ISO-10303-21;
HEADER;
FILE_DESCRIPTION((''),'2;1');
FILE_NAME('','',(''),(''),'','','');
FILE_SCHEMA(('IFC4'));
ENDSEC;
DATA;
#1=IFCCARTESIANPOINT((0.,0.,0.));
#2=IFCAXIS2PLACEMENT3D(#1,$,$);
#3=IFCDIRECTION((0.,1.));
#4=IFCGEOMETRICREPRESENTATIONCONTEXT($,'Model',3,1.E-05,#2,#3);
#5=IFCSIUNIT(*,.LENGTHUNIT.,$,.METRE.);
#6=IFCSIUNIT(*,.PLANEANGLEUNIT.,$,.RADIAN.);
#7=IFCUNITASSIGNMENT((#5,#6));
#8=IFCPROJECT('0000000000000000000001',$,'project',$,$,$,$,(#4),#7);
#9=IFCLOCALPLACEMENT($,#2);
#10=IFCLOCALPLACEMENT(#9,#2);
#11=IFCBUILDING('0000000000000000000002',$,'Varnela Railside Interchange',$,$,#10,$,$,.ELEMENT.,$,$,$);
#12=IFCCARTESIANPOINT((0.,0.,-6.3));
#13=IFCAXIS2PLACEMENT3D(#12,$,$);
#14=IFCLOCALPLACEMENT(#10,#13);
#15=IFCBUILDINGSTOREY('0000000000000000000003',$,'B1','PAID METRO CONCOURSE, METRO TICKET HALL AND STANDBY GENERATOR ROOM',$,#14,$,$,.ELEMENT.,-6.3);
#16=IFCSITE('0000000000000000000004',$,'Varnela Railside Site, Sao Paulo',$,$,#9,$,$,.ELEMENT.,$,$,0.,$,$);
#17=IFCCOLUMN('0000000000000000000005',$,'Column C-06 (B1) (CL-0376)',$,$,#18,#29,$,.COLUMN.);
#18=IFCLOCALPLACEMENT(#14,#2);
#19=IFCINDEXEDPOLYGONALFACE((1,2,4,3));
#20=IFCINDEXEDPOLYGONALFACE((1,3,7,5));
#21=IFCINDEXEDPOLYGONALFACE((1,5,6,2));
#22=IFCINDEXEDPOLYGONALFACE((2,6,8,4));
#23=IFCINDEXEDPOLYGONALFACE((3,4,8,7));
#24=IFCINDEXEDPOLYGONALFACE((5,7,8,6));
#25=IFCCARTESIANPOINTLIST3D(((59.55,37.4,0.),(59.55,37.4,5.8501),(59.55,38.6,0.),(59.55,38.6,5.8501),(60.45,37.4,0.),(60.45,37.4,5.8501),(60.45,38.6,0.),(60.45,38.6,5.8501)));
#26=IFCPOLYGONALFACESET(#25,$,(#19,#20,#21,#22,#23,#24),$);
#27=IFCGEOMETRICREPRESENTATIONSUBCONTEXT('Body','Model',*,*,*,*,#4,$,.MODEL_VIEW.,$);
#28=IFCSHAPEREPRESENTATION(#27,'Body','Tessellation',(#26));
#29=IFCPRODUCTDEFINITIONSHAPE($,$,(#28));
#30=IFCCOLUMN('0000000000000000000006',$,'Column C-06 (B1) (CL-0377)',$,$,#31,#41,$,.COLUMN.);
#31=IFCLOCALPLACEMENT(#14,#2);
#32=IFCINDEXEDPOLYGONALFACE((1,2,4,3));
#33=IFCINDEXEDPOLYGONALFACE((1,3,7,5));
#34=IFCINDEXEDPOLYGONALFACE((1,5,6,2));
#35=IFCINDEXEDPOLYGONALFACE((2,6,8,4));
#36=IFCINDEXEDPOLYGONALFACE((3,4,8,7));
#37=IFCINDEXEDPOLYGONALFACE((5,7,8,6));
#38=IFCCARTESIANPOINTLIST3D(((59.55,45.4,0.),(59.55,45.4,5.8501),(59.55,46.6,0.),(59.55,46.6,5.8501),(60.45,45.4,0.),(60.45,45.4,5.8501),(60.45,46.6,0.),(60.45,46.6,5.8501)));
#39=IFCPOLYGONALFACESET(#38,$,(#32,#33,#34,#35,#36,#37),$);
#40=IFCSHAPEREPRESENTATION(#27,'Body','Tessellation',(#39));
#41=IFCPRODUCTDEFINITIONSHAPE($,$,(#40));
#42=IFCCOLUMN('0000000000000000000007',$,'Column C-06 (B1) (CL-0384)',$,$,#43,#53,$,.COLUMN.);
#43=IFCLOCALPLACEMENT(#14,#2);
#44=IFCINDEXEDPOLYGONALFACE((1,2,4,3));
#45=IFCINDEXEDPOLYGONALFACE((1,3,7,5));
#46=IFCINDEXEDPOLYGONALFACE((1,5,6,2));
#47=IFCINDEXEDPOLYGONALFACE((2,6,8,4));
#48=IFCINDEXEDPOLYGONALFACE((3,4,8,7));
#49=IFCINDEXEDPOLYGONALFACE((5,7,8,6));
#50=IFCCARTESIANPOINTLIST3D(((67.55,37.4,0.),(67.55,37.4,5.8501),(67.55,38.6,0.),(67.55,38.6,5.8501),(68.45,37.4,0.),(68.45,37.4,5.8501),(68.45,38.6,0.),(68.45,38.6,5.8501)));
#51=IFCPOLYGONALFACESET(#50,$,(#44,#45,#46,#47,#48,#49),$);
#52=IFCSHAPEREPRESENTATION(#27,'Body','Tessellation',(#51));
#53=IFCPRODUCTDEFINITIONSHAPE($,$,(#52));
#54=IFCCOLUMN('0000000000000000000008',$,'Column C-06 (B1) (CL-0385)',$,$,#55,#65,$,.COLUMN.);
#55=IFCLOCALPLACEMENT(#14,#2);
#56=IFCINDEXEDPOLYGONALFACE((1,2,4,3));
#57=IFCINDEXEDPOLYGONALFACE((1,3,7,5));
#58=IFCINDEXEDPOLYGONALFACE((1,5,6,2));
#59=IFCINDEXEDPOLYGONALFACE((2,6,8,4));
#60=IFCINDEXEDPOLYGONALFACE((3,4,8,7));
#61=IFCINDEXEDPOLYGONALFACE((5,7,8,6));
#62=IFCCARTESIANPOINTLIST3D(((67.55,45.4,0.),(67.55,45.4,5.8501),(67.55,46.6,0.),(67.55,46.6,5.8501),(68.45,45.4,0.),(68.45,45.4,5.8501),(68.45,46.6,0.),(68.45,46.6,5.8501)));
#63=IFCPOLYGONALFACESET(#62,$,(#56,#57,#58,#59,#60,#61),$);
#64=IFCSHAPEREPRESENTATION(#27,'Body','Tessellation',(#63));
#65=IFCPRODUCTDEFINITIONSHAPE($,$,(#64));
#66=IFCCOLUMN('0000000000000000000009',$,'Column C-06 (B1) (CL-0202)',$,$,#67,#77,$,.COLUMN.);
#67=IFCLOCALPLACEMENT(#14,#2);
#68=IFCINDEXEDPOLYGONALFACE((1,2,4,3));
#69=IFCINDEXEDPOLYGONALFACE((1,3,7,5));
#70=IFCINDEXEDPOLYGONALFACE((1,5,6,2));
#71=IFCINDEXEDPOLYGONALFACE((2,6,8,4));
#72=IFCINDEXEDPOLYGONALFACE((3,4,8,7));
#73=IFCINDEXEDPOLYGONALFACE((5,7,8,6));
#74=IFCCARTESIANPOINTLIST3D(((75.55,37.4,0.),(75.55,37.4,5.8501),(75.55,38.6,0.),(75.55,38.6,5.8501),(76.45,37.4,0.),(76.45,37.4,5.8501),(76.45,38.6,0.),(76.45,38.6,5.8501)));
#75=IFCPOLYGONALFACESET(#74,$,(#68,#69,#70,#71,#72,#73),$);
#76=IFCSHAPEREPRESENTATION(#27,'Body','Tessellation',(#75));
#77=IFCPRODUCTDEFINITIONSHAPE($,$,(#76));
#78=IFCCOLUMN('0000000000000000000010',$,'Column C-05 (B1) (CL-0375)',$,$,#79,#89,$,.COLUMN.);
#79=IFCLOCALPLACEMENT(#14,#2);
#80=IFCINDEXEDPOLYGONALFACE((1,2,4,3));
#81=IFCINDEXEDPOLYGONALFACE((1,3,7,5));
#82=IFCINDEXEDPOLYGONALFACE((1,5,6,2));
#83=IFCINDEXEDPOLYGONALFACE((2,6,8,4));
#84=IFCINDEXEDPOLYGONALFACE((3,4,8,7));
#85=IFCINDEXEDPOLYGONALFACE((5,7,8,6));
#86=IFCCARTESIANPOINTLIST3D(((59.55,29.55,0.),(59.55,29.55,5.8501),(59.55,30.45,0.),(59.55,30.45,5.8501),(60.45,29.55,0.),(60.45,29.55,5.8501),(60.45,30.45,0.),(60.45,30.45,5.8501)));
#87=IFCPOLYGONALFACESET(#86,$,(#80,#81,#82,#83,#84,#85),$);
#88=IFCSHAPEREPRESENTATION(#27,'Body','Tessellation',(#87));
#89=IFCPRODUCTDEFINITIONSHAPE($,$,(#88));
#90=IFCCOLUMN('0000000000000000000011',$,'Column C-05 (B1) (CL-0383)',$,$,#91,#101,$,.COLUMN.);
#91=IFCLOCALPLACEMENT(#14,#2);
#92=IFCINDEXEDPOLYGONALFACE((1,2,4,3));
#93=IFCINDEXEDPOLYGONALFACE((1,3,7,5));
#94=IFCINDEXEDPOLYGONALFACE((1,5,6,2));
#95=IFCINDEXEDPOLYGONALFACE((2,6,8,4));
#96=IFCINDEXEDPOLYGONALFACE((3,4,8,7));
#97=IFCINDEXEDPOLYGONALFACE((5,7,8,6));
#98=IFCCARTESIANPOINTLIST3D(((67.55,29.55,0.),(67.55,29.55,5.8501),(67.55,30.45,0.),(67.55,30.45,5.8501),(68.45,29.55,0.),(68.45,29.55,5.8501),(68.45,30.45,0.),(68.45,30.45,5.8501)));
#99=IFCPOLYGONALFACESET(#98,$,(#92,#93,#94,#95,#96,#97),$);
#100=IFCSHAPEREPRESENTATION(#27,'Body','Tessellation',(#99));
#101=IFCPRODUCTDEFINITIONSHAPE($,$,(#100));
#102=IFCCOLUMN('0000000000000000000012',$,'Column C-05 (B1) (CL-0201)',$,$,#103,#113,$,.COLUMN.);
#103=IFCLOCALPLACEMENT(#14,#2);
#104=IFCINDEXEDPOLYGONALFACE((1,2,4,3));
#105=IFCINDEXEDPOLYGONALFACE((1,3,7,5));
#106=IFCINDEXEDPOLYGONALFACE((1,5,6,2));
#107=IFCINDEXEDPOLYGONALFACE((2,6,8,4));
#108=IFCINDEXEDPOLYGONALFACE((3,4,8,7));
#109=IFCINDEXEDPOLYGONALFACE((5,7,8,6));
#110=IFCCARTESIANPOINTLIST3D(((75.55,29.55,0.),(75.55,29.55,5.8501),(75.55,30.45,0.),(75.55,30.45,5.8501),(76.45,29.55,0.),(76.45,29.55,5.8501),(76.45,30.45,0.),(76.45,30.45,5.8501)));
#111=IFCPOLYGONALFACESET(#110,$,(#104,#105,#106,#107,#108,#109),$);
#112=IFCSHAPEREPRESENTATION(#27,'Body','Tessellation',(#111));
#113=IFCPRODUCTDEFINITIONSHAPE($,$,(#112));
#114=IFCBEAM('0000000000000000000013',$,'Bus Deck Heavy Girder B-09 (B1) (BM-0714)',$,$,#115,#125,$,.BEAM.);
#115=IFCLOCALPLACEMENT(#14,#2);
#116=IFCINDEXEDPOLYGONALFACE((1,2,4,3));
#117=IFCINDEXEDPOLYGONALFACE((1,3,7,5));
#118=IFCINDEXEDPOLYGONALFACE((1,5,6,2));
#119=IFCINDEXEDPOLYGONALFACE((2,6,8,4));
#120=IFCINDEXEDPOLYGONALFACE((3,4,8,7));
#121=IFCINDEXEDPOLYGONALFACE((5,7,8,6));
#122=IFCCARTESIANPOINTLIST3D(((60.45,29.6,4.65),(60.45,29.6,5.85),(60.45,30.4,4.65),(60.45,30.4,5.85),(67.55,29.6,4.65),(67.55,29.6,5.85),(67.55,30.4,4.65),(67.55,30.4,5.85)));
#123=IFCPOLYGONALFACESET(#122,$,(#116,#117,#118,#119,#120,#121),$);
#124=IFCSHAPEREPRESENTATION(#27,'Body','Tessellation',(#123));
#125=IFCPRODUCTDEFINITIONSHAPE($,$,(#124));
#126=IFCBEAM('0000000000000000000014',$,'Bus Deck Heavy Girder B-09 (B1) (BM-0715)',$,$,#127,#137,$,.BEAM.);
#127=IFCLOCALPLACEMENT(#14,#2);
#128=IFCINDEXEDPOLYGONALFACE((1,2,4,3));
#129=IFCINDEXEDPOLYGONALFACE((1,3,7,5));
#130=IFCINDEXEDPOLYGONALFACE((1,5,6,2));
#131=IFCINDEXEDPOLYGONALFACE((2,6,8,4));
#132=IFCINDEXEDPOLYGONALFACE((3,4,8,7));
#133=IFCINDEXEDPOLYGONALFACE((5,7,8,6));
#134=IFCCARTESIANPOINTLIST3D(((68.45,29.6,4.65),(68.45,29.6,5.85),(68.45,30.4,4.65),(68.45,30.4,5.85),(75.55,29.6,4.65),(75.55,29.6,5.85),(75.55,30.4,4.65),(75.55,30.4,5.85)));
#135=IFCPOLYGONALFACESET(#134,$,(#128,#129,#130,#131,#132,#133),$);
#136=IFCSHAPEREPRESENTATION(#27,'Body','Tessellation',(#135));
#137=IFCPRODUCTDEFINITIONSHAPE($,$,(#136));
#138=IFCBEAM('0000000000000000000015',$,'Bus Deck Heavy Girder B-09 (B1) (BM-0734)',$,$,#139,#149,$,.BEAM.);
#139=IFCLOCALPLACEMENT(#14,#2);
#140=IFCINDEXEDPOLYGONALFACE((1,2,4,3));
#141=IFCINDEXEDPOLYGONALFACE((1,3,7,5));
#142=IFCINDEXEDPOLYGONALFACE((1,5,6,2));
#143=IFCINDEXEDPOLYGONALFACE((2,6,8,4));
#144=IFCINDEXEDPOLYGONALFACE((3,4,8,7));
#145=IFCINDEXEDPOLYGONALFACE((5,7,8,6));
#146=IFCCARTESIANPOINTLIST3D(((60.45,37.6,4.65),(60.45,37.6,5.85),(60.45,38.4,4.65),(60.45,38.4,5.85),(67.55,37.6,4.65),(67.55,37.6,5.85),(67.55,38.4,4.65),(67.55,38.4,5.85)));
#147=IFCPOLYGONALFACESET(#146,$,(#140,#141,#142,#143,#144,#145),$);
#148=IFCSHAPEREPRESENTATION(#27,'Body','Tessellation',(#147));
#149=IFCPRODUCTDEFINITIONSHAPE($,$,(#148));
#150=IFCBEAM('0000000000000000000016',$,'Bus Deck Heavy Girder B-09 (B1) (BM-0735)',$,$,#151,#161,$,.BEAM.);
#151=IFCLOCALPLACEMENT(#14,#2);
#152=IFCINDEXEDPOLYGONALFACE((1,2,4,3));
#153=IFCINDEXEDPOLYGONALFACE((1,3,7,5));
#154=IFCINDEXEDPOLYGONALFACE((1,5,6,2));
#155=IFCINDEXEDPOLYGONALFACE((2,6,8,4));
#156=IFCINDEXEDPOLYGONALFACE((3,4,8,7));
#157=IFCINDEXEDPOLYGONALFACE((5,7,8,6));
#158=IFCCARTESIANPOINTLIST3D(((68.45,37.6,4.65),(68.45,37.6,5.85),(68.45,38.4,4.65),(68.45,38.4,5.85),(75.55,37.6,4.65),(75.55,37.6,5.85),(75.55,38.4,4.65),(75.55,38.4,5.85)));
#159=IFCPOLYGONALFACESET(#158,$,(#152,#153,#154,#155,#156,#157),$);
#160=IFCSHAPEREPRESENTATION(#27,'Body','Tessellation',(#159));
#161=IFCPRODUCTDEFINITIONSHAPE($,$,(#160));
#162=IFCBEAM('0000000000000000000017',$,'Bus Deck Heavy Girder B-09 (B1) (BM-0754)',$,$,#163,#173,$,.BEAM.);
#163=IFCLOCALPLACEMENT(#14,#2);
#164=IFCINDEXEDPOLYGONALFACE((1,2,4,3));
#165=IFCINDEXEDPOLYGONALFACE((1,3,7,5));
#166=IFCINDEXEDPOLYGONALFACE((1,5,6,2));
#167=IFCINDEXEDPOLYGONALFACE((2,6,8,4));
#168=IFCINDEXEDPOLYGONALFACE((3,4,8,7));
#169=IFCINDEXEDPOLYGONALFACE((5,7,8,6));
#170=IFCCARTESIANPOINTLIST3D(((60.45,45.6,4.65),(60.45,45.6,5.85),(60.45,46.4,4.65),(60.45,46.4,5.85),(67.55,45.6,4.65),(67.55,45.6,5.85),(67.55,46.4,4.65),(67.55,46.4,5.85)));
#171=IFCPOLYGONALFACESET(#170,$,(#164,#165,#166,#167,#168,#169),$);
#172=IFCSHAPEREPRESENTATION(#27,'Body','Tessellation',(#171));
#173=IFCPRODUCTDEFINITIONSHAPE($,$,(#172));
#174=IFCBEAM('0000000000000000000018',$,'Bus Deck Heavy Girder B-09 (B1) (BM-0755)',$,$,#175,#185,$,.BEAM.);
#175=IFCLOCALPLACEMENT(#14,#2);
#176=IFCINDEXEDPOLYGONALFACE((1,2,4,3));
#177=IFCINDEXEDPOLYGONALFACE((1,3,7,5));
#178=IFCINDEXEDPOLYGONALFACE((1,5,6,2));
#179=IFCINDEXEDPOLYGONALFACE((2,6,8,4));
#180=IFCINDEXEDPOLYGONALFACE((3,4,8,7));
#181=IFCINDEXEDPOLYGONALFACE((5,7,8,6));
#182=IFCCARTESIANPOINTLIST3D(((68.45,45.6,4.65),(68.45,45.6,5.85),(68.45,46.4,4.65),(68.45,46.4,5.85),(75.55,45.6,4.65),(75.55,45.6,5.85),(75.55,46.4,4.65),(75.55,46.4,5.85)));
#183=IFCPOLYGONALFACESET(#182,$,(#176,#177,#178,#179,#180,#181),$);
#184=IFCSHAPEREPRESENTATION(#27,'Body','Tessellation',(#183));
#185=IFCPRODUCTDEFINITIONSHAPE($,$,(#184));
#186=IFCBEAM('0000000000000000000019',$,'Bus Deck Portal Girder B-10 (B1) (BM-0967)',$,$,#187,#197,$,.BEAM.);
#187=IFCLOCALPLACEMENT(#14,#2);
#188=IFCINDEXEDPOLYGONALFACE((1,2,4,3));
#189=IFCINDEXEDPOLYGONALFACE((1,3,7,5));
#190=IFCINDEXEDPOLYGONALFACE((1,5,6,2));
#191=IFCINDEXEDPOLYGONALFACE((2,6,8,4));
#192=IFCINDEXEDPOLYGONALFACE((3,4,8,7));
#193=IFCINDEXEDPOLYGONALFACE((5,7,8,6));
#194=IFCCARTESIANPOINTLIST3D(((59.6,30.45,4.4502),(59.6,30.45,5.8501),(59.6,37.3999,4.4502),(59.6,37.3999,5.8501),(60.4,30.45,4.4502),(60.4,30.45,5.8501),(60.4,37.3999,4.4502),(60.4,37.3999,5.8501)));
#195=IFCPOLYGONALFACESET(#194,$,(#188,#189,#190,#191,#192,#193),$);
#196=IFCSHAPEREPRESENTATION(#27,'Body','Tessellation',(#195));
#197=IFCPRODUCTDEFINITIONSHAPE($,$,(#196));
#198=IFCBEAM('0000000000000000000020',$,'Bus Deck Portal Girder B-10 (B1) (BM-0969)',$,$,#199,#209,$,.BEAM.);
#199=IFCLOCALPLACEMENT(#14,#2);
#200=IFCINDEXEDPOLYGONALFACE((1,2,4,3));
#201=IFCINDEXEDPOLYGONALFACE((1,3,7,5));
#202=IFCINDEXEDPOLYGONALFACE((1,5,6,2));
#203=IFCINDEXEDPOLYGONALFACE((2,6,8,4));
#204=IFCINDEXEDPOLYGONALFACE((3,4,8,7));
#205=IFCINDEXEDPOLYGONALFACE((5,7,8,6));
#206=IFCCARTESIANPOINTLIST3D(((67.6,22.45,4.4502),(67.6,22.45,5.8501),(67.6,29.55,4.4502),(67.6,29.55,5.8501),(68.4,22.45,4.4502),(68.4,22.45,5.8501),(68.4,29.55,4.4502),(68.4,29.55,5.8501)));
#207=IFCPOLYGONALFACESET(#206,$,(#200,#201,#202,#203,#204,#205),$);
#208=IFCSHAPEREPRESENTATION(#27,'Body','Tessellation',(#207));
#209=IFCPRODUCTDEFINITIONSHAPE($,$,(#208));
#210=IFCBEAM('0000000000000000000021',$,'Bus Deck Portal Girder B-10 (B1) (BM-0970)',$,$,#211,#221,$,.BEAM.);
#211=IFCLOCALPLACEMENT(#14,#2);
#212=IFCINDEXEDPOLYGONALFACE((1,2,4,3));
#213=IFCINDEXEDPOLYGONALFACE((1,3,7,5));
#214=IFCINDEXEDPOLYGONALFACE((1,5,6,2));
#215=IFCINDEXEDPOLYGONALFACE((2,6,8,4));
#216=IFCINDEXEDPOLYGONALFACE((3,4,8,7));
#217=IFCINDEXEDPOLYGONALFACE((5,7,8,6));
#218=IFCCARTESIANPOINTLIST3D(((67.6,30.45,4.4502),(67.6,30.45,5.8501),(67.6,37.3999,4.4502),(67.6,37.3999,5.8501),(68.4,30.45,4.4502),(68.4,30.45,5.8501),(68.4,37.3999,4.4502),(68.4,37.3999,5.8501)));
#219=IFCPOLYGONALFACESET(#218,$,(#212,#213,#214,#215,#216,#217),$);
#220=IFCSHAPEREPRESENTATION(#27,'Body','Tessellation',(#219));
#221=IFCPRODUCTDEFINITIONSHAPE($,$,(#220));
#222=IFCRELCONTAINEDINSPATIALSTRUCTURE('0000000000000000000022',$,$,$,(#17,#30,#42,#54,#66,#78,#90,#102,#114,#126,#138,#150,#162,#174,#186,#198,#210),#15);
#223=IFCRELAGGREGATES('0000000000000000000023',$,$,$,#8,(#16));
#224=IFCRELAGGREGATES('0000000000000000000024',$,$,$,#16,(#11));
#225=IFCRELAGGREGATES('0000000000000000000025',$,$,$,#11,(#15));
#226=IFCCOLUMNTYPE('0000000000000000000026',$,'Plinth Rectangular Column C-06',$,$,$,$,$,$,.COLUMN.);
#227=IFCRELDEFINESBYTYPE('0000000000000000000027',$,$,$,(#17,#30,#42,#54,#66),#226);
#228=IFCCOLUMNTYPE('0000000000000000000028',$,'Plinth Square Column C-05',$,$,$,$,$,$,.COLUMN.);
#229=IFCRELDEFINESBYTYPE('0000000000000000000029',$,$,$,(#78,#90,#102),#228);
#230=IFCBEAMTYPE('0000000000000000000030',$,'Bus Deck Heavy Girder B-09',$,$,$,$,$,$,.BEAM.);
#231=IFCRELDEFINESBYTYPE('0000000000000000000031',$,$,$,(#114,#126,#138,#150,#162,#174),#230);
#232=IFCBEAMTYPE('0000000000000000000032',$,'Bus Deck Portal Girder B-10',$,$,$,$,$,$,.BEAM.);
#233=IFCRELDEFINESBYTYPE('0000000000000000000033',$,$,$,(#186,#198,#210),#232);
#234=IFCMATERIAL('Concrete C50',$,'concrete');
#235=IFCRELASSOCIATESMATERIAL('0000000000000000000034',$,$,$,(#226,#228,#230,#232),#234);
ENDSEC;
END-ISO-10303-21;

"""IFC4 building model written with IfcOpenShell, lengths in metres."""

from ifc_helpers import new_model, si_unit, direction, frame, origin, origin_2d, place, context, subcontext, project, spatial, rectangle, extrude, material, material_profile, profile_set, type_object, element, save


model = new_model("IFC4")

# Units and contexts
model_context = context("Model", 3, precision=1e-05, world=origin(), true_north=direction((0.0, 1.0)))
body_context = subcontext(model_context, "Body", "Model", "MODEL_VIEW")
ifc_project = project(units=[si_unit("LENGTHUNIT", "METRE"), si_unit("PLANEANGLEUNIT", "RADIAN")], contexts=[model_context])

# Site, building, storey
site_placement = place(None, origin())
site = spatial("IfcSite", under=ifc_project, at=site_placement, Name="Varnela Railside Site, Sao Paulo", CompositionType="ELEMENT", RefElevation=0.0)
building_placement = place(site_placement, origin())
building = spatial("IfcBuilding", under=site, at=building_placement, Name="Varnela Railside Interchange", CompositionType="ELEMENT")
storey_placement = place(building_placement, frame((0.0, 0.0, -6.3)))
storey = spatial("IfcBuildingStorey", under=building, at=storey_placement, Name="B1", Description="PAID METRO CONCOURSE, METRO TICKET HALL AND STANDBY GENERATOR ROOM", CompositionType="ELEMENT", Elevation=-6.3)

# Columns
ifc_material_1 = material(Name="Concrete C50", Category="concrete")
ifc_material_profile_1 = material_profile(ifc_material_1, rectangle(XDim=0.8999, YDim=1.2, at=origin_2d()), Name="RC 900x1200")
ifc_profile_set_1 = profile_set([ifc_material_profile_1], Name="Concrete C50")
column_type_1 = type_object("IfcColumnType", Name="Plinth Rectangular Column C-06", PredefinedType="COLUMN", material=ifc_profile_set_1)
for number, where, z_axis, x_axis, name in (
    (1, (60.0, 38.0, 0.0), (0.0, 0.0, 1.0), (1.0, 0.0, 0.0), "Column C-06 (B1) (CL-0376)"),
    (2, (60.0, 46.0, 0.0), (0.0, 0.0, 1.0), (1.0, 0.0, 0.0), "Column C-06 (B1) (CL-0377)"),
    (3, (68.0, 38.0, 0.0), (0.0, 0.0, 1.0), (1.0, 0.0, 0.0), "Column C-06 (B1) (CL-0384)"),
    (4, (68.0, 46.0, 0.0), (0.0, 0.0, 1.0), (1.0, 0.0, 0.0), "Column C-06 (B1) (CL-0385)"),
    (5, (76.0, 38.0, 0.0), (0.0, 0.0, 1.0), (1.0, 0.0, 0.0), "Column C-06 (B1) (CL-0202)"),
):
    element("IfcColumn", number, at=place(storey_placement, frame(where, z_axis=z_axis, x_axis=x_axis)), inside=storey, type_object=column_type_1, Name=name, PredefinedType="COLUMN", context=body_context, shape_type="SweptSolid", body=[
        extrude(rectangle(XDim=0.8999, YDim=1.2, at=origin_2d()), origin(), (0.0, 0.0, 1.0), 5.8501),
    ])
ifc_material_profile_2 = material_profile(ifc_material_1, rectangle(XDim=0.8999, YDim=0.8999, at=origin_2d()), Name="RC 900x900")
ifc_profile_set_2 = profile_set([ifc_material_profile_2], Name="Concrete C50")
column_type_2 = type_object("IfcColumnType", Name="Plinth Square Column C-05", PredefinedType="COLUMN", material=ifc_profile_set_2)
for number, where, z_axis, x_axis, name in (
    (6, (60.0, 30.0, 0.0), (0.0, 0.0, 1.0), (1.0, 0.0, 0.0), "Column C-05 (B1) (CL-0375)"),
    (7, (68.0, 30.0, 0.0), (0.0, 0.0, 1.0), (1.0, 0.0, 0.0), "Column C-05 (B1) (CL-0383)"),
    (8, (76.0, 30.0, 0.0), (0.0, 0.0, 1.0), (1.0, 0.0, 0.0), "Column C-05 (B1) (CL-0201)"),
):
    element("IfcColumn", number, at=place(storey_placement, frame(where, z_axis=z_axis, x_axis=x_axis)), inside=storey, type_object=column_type_2, Name=name, PredefinedType="COLUMN", context=body_context, shape_type="SweptSolid", body=[
        extrude(rectangle(XDim=0.8999, YDim=0.8999, at=origin_2d()), origin(), (0.0, 0.0, 1.0), 5.8501),
    ])

# Beams
ifc_material_profile_3 = material_profile(ifc_material_1, rectangle(XDim=0.8, YDim=1.2, at=origin_2d()), Name="RC 800x1200")
ifc_profile_set_3 = profile_set([ifc_material_profile_3], Name="Concrete C50")
beam_type_1 = type_object("IfcBeamType", Name="Bus Deck Heavy Girder B-09", PredefinedType="BEAM", material=ifc_profile_set_3)
for number, where, z_axis, x_axis, name in (
    (9, (60.45, 30.0, 5.25), (1.0, 0.0, 0.0), (0.0, 1.0, 0.0), "Bus Deck Heavy Girder B-09 (B1) (BM-0714)"),
    (10, (68.45, 30.0, 5.25), (1.0, 0.0, 0.0), (0.0, 1.0, 0.0), "Bus Deck Heavy Girder B-09 (B1) (BM-0715)"),
    (11, (60.45, 38.0, 5.25), (1.0, 0.0, 0.0), (0.0, 1.0, 0.0), "Bus Deck Heavy Girder B-09 (B1) (BM-0734)"),
    (12, (68.45, 38.0, 5.25), (1.0, 0.0, 0.0), (0.0, 1.0, 0.0), "Bus Deck Heavy Girder B-09 (B1) (BM-0735)"),
    (13, (60.45, 46.0, 5.25), (1.0, 0.0, 0.0), (0.0, 1.0, 0.0), "Bus Deck Heavy Girder B-09 (B1) (BM-0754)"),
    (14, (68.45, 46.0, 5.25), (1.0, 0.0, 0.0), (0.0, 1.0, 0.0), "Bus Deck Heavy Girder B-09 (B1) (BM-0755)"),
):
    element("IfcBeam", number, at=place(storey_placement, frame(where, z_axis=z_axis, x_axis=x_axis)), inside=storey, type_object=beam_type_1, Name=name, PredefinedType="BEAM", context=body_context, shape_type="SweptSolid", body=[
        extrude(rectangle(XDim=0.8, YDim=1.2, at=origin_2d()), origin(), (0.0, 0.0, 1.0), 7.1001),
    ])
ifc_material_profile_4 = material_profile(ifc_material_1, rectangle(XDim=0.8, YDim=1.3999, at=origin_2d()), Name="RC 800x1400")
ifc_profile_set_4 = profile_set([ifc_material_profile_4], Name="Concrete C50")
beam_type_2 = type_object("IfcBeamType", Name="Bus Deck Portal Girder B-10", PredefinedType="BEAM", material=ifc_profile_set_4)
beam_1_placement = place(storey_placement, frame((60.0, 30.45, 5.1501), z_axis=(0.0, 1.0, 0.0), x_axis=(-1.0, 0.0, 0.0)))
element("IfcBeam", 15, at=beam_1_placement, inside=storey, type_object=beam_type_2, Name="Bus Deck Portal Girder B-10 (B1) (BM-0967)", PredefinedType="BEAM", context=body_context, shape_type="SweptSolid", body=[
    extrude(rectangle(XDim=0.8, YDim=1.3999, at=origin_2d()), origin(), (0.0, 0.0, 1.0), 6.95),
])
beam_2_placement = place(storey_placement, frame((68.0, 22.45, 5.1501), z_axis=(0.0, 1.0, 0.0), x_axis=(-1.0, 0.0, 0.0)))
element("IfcBeam", 16, at=beam_2_placement, inside=storey, type_object=beam_type_2, Name="Bus Deck Portal Girder B-10 (B1) (BM-0969)", PredefinedType="BEAM", context=body_context, shape_type="SweptSolid", body=[
    extrude(rectangle(XDim=0.8, YDim=1.3999, at=origin_2d()), origin(), (0.0, 0.0, 1.0), 7.1001),
])
beam_3_placement = place(storey_placement, frame((68.0, 30.45, 5.1501), z_axis=(0.0, 1.0, 0.0), x_axis=(-1.0, 0.0, 0.0)))
element("IfcBeam", 17, at=beam_3_placement, inside=storey, type_object=beam_type_2, Name="Bus Deck Portal Girder B-10 (B1) (BM-0970)", PredefinedType="BEAM", context=body_context, shape_type="SweptSolid", body=[
    extrude(rectangle(XDim=0.8, YDim=1.3999, at=origin_2d()), origin(), (0.0, 0.0, 1.0), 6.95),
])

save(model, "model.ifc")
